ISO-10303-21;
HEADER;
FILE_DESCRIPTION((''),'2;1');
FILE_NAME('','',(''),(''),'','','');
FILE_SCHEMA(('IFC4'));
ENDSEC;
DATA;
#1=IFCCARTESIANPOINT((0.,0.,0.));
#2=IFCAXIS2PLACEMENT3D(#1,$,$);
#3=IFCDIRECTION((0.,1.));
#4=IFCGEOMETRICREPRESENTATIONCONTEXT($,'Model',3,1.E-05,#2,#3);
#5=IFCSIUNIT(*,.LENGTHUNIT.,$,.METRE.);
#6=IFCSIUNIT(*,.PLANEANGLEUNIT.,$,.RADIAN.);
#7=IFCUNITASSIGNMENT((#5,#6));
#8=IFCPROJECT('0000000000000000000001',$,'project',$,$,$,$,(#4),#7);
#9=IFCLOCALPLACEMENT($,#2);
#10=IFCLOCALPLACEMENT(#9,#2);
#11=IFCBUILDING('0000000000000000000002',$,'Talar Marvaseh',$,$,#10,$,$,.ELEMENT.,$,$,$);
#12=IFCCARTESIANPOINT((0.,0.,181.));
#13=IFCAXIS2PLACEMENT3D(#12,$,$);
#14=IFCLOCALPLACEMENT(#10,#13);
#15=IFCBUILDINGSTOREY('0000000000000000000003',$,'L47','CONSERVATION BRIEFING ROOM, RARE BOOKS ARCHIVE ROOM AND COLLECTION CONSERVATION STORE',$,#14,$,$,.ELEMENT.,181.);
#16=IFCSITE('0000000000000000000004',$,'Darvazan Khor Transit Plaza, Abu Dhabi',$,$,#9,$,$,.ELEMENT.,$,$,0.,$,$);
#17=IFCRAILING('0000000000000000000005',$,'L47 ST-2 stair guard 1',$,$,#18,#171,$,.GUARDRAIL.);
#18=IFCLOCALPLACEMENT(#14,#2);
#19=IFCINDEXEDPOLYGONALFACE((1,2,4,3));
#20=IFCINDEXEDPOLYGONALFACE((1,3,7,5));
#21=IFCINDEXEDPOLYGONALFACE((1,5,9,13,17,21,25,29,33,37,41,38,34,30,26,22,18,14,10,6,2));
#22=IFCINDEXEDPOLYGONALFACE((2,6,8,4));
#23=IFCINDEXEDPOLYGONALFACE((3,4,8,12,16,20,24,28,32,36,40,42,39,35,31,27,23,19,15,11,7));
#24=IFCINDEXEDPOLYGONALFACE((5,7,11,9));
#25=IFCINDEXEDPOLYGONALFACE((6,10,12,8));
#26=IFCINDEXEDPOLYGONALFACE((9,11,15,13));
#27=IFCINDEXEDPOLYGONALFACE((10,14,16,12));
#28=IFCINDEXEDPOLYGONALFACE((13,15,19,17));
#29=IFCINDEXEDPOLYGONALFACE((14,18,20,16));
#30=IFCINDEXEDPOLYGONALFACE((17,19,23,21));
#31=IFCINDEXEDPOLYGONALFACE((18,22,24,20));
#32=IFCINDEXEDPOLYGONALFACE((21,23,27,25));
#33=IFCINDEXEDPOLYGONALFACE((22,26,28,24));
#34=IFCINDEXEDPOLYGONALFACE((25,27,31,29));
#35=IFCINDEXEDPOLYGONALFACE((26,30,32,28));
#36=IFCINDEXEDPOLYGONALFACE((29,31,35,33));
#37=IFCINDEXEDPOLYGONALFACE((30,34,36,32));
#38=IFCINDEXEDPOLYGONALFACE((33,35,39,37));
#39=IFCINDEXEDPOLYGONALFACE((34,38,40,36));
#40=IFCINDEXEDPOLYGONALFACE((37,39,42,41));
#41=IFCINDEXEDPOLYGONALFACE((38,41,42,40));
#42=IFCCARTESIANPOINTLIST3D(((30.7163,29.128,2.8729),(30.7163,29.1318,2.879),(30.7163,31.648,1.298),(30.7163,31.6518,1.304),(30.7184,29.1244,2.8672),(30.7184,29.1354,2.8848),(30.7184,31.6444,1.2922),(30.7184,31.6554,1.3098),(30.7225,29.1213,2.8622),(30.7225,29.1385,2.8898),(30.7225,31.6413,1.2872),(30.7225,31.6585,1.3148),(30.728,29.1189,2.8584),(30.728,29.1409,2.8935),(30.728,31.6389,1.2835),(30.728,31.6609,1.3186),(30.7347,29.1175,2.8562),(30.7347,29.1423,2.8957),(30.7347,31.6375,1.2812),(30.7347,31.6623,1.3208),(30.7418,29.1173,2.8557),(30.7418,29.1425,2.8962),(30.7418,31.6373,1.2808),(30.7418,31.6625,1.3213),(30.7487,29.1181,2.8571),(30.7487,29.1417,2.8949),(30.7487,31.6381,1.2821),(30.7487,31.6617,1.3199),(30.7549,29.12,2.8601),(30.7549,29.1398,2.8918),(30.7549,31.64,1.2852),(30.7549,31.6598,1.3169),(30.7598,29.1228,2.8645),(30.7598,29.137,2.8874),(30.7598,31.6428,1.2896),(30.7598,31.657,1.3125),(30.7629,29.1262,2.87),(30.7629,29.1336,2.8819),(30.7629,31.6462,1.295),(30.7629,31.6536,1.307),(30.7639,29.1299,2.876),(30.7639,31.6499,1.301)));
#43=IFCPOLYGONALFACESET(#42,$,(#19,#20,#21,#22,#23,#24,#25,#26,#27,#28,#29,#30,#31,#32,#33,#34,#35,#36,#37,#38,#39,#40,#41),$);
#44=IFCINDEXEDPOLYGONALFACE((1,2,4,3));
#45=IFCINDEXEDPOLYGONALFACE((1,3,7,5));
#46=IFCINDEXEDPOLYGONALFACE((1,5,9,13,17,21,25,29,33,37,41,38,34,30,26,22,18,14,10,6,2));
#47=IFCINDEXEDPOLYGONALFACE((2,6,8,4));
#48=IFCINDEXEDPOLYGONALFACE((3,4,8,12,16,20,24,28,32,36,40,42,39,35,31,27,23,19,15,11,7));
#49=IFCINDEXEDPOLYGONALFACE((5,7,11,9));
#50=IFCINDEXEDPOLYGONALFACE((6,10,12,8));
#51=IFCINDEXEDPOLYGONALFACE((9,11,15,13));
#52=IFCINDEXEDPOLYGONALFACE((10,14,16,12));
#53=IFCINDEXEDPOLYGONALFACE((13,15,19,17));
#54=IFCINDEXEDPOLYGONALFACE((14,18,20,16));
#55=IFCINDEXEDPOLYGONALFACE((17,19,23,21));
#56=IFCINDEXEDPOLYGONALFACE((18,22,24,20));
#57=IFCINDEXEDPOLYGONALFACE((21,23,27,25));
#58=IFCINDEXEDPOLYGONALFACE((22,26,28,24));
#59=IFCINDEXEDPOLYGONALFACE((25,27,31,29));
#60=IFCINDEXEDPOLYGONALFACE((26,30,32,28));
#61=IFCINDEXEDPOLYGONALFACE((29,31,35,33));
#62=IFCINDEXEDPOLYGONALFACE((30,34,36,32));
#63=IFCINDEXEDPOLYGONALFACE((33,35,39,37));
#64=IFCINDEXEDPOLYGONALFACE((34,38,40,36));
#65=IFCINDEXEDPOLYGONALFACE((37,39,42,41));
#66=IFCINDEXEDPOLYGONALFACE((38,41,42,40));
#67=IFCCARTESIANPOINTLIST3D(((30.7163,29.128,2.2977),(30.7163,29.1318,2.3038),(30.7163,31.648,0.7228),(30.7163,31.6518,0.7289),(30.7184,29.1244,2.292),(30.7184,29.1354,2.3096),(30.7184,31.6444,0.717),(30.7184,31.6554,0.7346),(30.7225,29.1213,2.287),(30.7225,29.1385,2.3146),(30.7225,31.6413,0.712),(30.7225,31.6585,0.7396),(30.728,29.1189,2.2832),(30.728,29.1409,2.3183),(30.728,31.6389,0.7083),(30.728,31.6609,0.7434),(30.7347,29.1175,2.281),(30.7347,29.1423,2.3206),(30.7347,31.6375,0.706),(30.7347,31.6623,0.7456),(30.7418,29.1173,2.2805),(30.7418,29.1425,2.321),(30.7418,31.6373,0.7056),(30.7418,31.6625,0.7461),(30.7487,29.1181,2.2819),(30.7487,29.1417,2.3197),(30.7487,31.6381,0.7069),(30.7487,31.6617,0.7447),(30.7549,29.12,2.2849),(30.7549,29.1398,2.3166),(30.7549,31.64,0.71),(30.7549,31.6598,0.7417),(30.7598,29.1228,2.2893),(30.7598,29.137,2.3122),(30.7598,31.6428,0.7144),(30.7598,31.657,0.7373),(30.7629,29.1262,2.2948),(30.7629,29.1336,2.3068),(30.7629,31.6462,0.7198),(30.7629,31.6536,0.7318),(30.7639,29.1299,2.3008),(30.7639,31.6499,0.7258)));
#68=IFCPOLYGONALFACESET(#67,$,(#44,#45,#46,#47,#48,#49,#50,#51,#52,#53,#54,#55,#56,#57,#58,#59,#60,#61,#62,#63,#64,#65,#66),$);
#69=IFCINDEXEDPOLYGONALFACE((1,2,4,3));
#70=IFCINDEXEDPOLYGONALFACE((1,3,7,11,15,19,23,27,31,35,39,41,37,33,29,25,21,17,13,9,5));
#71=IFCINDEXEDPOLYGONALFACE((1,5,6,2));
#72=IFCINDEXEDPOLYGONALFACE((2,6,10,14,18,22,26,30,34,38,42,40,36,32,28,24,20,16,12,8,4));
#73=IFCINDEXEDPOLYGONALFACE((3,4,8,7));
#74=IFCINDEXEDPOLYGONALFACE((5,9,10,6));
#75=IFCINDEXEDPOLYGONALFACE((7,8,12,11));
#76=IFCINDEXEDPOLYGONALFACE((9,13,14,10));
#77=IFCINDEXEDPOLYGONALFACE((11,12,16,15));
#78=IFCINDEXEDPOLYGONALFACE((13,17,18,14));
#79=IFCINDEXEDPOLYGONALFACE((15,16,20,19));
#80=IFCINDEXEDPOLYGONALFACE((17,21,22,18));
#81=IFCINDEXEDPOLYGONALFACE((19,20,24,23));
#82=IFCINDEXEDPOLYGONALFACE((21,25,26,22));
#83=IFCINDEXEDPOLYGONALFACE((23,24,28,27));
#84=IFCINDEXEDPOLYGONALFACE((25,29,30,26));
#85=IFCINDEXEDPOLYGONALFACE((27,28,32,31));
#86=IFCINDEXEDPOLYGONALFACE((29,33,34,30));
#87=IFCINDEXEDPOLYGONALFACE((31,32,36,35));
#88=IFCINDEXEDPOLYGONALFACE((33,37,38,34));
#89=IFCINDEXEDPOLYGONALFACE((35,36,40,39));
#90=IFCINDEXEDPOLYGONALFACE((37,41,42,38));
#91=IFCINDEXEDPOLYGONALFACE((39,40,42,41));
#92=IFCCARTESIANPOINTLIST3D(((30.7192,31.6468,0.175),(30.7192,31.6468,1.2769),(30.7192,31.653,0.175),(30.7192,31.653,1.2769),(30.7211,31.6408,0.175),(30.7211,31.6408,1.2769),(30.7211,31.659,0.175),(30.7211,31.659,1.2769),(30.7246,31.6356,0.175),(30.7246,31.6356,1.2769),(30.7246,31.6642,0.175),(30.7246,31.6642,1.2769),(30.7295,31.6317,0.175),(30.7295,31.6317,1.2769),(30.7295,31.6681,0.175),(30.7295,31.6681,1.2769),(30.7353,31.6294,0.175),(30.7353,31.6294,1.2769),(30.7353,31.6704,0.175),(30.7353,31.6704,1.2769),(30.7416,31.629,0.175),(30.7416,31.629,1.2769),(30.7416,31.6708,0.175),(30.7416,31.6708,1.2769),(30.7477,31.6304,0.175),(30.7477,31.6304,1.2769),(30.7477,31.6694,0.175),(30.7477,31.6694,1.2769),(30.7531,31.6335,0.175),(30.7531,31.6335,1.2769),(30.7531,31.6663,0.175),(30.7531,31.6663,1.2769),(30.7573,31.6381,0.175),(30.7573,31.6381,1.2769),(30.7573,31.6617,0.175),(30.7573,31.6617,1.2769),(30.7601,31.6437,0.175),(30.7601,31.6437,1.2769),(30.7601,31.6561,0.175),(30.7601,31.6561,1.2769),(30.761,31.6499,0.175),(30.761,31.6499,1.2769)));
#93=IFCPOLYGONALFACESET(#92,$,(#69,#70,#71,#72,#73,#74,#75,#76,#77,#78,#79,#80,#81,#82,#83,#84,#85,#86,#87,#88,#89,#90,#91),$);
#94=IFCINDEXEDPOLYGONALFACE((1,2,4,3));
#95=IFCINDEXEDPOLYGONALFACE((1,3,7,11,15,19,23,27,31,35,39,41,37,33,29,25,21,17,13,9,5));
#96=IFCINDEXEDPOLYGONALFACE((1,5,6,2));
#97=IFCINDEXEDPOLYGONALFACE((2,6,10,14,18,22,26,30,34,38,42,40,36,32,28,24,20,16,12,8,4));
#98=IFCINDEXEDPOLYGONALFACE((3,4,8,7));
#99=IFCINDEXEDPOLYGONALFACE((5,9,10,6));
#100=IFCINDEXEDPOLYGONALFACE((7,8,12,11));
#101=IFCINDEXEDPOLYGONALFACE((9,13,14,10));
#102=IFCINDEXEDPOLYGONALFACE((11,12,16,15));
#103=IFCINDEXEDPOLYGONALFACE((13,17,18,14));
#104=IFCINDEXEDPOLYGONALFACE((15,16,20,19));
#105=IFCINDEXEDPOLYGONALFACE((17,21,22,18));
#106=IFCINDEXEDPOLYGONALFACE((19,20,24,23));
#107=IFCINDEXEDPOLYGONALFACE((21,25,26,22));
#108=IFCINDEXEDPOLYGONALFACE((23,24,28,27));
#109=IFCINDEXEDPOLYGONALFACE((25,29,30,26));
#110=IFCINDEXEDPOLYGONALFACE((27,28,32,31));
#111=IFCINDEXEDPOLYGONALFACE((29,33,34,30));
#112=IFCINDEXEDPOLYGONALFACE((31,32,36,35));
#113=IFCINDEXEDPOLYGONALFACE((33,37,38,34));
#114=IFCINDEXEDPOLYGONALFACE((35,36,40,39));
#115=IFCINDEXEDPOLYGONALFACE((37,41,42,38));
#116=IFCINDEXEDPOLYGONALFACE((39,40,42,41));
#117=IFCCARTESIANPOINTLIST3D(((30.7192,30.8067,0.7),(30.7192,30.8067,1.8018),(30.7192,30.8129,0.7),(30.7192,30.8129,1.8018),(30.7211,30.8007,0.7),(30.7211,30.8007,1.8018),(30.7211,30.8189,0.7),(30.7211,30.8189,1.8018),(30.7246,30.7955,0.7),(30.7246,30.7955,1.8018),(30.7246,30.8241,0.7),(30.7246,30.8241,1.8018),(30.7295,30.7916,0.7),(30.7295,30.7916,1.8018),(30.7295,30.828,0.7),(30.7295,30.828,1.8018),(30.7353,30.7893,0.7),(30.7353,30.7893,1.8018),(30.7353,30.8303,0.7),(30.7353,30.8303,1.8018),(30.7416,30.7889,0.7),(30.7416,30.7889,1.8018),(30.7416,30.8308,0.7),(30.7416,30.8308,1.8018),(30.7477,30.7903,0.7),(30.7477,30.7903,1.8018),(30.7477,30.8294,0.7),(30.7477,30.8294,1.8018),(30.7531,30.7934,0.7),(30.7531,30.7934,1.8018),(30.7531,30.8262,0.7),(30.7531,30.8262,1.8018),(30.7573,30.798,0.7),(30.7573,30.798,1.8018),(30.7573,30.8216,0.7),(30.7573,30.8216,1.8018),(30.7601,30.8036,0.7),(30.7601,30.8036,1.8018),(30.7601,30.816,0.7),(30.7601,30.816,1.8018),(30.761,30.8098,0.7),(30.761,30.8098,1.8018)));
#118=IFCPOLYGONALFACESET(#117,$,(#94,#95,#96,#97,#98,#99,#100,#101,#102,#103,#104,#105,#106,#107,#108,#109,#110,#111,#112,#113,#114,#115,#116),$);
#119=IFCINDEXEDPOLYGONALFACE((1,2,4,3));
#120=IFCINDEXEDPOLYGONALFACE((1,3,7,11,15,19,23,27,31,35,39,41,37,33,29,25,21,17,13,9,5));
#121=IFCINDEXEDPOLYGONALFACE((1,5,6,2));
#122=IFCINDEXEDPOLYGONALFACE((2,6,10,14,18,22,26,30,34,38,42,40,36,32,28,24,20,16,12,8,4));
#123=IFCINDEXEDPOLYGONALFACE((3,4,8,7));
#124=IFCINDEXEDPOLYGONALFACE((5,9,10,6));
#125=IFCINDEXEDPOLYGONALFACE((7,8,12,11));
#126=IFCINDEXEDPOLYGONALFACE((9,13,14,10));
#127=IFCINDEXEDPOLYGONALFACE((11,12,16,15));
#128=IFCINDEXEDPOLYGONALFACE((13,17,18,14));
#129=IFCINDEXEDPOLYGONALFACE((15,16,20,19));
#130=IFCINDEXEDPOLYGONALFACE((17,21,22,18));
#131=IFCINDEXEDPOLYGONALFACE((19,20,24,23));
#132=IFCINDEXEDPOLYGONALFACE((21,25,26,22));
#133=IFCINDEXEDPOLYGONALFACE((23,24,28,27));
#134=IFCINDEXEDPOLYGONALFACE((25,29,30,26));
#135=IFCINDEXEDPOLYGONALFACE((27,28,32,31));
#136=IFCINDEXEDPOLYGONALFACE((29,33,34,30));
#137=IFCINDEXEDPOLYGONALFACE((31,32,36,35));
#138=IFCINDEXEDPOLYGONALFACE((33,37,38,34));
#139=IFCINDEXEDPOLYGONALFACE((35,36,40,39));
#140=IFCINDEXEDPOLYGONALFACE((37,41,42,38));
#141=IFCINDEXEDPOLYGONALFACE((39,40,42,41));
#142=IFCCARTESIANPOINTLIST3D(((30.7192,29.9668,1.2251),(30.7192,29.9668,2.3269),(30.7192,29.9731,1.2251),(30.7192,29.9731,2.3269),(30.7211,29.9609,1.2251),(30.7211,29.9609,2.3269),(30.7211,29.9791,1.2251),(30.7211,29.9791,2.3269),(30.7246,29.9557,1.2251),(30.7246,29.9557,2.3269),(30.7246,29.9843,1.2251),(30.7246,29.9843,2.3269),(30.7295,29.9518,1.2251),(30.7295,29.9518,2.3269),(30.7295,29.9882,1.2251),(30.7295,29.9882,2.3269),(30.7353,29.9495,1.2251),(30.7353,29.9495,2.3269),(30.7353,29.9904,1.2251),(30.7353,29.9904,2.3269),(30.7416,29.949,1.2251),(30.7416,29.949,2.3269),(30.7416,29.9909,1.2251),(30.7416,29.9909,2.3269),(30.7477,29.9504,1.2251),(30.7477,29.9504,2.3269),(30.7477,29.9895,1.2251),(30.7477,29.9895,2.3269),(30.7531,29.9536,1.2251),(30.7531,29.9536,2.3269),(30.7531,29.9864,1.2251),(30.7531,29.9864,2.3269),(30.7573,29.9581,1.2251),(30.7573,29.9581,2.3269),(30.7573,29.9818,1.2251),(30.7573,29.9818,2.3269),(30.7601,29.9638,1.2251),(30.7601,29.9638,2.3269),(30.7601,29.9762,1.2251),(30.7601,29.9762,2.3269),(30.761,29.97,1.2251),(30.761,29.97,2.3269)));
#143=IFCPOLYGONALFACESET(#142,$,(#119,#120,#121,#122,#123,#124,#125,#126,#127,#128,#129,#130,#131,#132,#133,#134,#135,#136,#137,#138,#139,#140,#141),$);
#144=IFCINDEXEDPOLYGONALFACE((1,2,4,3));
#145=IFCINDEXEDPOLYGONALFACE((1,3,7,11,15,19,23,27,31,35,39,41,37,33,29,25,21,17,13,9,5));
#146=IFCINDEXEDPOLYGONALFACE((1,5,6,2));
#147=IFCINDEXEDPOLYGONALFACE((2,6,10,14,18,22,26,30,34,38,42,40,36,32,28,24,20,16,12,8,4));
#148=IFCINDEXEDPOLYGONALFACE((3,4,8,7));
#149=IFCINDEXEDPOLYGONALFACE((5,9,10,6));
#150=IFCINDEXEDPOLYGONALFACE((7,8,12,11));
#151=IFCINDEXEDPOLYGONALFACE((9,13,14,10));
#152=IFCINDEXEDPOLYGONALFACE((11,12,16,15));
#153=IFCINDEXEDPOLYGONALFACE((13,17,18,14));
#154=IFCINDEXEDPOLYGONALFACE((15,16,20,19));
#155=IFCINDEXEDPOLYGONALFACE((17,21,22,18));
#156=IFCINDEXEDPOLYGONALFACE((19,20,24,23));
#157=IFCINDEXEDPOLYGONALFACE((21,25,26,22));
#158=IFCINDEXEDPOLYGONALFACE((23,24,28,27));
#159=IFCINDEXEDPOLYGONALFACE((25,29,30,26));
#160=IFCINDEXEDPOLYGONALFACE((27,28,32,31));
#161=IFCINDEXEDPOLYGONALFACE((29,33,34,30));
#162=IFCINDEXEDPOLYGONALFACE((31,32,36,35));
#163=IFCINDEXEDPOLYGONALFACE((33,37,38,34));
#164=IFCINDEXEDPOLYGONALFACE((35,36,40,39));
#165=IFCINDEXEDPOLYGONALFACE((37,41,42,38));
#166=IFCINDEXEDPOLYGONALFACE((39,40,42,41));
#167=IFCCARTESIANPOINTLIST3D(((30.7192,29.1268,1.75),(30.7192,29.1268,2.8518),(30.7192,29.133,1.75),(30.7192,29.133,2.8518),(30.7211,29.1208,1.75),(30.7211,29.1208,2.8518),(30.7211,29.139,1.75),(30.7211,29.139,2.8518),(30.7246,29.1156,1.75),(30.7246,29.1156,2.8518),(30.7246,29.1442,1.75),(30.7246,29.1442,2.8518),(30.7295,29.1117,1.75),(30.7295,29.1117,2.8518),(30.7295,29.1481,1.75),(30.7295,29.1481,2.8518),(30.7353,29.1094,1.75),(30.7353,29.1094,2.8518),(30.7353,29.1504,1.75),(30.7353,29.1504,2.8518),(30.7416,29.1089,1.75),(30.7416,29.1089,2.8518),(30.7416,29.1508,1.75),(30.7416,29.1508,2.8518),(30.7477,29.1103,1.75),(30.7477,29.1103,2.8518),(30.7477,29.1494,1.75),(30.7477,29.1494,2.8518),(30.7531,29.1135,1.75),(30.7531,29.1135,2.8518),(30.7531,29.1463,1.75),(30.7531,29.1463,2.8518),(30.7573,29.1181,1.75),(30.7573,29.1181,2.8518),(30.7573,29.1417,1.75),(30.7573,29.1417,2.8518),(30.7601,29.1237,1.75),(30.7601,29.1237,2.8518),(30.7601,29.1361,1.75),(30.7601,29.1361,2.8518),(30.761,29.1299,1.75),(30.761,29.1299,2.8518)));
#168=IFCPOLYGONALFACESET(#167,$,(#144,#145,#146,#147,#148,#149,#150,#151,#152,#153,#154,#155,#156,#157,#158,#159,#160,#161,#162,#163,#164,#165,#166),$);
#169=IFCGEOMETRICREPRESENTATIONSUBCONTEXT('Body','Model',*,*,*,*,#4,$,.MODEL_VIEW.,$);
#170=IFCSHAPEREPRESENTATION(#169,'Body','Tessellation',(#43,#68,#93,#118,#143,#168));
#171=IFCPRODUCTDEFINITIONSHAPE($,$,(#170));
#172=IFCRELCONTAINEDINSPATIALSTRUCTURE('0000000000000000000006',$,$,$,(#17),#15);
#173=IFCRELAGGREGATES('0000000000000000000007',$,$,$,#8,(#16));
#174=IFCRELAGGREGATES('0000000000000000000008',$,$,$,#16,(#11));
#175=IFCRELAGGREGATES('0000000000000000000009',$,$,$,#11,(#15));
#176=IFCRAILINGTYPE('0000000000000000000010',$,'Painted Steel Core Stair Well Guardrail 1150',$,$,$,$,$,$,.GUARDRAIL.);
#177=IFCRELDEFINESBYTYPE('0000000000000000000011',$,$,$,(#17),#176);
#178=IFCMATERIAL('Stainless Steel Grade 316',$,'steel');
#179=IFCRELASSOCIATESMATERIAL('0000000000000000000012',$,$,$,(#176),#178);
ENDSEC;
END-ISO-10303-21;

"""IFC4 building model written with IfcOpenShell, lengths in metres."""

from ifc_helpers import new_model, si_unit, direction, frame, origin, origin_2d, place, context, subcontext, project, spatial, circle, extrude, material, type_object, element, save


model = new_model("IFC4")

# Units and contexts
model_context = context("Model", 3, precision=1e-05, world=origin(), true_north=direction((0.0, 1.0)))
body_context = subcontext(model_context, "Body", "Model", "MODEL_VIEW")
ifc_project = project(units=[si_unit("LENGTHUNIT", "METRE"), si_unit("PLANEANGLEUNIT", "RADIAN")], contexts=[model_context])

# Site, building, storey
site_placement = place(None, origin())
site = spatial("IfcSite", under=ifc_project, at=site_placement, Name="Darvazan Khor Transit Plaza, Abu Dhabi", CompositionType="ELEMENT", RefElevation=0.0)
building_placement = place(site_placement, origin())
building = spatial("IfcBuilding", under=site, at=building_placement, Name="Talar Marvaseh", CompositionType="ELEMENT")
storey_placement = place(building_placement, frame((0.0, 0.0, 181.0)))
storey = spatial("IfcBuildingStorey", under=building, at=storey_placement, Name="L47", Description="CONSERVATION BRIEFING ROOM, RARE BOOKS ARCHIVE ROOM AND COLLECTION CONSERVATION STORE", CompositionType="ELEMENT", Elevation=181.0)

# Shared definitions
ifc_material_1 = material(Name="Stainless Steel Grade 316", Category="steel")

# Railing
railing_type_1 = type_object("IfcRailingType", Name="Painted Steel Core Stair Well Guardrail 1150", PredefinedType="GUARDRAIL", material=ifc_material_1)
railing_1_placement = place(storey_placement, frame((30.74, 31.6499, 0.175)))
element("IfcRailing", 1, at=railing_1_placement, inside=storey, type_object=railing_type_1, Name="L47 ST-2 stair guard 1", PredefinedType="GUARDRAIL", context=body_context, shape_type="SweptSolid", body=[
    extrude(circle(Radius=0.0239, at=origin_2d()), frame((0.0, 0.0, 1.126), z_axis=(0.0, -0.848008, 0.529984), x_axis=(1.0, 0.0, 0.0)), (0.0, 0.0, 1.0), 2.9717),
    extrude(circle(Radius=0.0239, at=origin_2d()), frame((0.0, 0.0, 0.5508), z_axis=(0.0, -0.848008, 0.529984), x_axis=(1.0, 0.0, 0.0)), (0.0, 0.0, 1.0), 2.9717),
    extrude(circle(Radius=0.021, at=origin_2d()), origin(), (0.0, 0.0, 1.0), 1.1018),
    extrude(circle(Radius=0.021, at=origin_2d()), frame((0.0, -0.8401, 0.5249)), (0.0, 0.0, 1.0), 1.1018),
    extrude(circle(Radius=0.021, at=origin_2d()), frame((0.0, -1.6799, 1.05)), (0.0, 0.0, 1.0), 1.1018),
    extrude(circle(Radius=0.021, at=origin_2d()), frame((0.0, -2.52, 1.575)), (0.0, 0.0, 1.0), 1.1018),
])

save(model, "model.ifc")
